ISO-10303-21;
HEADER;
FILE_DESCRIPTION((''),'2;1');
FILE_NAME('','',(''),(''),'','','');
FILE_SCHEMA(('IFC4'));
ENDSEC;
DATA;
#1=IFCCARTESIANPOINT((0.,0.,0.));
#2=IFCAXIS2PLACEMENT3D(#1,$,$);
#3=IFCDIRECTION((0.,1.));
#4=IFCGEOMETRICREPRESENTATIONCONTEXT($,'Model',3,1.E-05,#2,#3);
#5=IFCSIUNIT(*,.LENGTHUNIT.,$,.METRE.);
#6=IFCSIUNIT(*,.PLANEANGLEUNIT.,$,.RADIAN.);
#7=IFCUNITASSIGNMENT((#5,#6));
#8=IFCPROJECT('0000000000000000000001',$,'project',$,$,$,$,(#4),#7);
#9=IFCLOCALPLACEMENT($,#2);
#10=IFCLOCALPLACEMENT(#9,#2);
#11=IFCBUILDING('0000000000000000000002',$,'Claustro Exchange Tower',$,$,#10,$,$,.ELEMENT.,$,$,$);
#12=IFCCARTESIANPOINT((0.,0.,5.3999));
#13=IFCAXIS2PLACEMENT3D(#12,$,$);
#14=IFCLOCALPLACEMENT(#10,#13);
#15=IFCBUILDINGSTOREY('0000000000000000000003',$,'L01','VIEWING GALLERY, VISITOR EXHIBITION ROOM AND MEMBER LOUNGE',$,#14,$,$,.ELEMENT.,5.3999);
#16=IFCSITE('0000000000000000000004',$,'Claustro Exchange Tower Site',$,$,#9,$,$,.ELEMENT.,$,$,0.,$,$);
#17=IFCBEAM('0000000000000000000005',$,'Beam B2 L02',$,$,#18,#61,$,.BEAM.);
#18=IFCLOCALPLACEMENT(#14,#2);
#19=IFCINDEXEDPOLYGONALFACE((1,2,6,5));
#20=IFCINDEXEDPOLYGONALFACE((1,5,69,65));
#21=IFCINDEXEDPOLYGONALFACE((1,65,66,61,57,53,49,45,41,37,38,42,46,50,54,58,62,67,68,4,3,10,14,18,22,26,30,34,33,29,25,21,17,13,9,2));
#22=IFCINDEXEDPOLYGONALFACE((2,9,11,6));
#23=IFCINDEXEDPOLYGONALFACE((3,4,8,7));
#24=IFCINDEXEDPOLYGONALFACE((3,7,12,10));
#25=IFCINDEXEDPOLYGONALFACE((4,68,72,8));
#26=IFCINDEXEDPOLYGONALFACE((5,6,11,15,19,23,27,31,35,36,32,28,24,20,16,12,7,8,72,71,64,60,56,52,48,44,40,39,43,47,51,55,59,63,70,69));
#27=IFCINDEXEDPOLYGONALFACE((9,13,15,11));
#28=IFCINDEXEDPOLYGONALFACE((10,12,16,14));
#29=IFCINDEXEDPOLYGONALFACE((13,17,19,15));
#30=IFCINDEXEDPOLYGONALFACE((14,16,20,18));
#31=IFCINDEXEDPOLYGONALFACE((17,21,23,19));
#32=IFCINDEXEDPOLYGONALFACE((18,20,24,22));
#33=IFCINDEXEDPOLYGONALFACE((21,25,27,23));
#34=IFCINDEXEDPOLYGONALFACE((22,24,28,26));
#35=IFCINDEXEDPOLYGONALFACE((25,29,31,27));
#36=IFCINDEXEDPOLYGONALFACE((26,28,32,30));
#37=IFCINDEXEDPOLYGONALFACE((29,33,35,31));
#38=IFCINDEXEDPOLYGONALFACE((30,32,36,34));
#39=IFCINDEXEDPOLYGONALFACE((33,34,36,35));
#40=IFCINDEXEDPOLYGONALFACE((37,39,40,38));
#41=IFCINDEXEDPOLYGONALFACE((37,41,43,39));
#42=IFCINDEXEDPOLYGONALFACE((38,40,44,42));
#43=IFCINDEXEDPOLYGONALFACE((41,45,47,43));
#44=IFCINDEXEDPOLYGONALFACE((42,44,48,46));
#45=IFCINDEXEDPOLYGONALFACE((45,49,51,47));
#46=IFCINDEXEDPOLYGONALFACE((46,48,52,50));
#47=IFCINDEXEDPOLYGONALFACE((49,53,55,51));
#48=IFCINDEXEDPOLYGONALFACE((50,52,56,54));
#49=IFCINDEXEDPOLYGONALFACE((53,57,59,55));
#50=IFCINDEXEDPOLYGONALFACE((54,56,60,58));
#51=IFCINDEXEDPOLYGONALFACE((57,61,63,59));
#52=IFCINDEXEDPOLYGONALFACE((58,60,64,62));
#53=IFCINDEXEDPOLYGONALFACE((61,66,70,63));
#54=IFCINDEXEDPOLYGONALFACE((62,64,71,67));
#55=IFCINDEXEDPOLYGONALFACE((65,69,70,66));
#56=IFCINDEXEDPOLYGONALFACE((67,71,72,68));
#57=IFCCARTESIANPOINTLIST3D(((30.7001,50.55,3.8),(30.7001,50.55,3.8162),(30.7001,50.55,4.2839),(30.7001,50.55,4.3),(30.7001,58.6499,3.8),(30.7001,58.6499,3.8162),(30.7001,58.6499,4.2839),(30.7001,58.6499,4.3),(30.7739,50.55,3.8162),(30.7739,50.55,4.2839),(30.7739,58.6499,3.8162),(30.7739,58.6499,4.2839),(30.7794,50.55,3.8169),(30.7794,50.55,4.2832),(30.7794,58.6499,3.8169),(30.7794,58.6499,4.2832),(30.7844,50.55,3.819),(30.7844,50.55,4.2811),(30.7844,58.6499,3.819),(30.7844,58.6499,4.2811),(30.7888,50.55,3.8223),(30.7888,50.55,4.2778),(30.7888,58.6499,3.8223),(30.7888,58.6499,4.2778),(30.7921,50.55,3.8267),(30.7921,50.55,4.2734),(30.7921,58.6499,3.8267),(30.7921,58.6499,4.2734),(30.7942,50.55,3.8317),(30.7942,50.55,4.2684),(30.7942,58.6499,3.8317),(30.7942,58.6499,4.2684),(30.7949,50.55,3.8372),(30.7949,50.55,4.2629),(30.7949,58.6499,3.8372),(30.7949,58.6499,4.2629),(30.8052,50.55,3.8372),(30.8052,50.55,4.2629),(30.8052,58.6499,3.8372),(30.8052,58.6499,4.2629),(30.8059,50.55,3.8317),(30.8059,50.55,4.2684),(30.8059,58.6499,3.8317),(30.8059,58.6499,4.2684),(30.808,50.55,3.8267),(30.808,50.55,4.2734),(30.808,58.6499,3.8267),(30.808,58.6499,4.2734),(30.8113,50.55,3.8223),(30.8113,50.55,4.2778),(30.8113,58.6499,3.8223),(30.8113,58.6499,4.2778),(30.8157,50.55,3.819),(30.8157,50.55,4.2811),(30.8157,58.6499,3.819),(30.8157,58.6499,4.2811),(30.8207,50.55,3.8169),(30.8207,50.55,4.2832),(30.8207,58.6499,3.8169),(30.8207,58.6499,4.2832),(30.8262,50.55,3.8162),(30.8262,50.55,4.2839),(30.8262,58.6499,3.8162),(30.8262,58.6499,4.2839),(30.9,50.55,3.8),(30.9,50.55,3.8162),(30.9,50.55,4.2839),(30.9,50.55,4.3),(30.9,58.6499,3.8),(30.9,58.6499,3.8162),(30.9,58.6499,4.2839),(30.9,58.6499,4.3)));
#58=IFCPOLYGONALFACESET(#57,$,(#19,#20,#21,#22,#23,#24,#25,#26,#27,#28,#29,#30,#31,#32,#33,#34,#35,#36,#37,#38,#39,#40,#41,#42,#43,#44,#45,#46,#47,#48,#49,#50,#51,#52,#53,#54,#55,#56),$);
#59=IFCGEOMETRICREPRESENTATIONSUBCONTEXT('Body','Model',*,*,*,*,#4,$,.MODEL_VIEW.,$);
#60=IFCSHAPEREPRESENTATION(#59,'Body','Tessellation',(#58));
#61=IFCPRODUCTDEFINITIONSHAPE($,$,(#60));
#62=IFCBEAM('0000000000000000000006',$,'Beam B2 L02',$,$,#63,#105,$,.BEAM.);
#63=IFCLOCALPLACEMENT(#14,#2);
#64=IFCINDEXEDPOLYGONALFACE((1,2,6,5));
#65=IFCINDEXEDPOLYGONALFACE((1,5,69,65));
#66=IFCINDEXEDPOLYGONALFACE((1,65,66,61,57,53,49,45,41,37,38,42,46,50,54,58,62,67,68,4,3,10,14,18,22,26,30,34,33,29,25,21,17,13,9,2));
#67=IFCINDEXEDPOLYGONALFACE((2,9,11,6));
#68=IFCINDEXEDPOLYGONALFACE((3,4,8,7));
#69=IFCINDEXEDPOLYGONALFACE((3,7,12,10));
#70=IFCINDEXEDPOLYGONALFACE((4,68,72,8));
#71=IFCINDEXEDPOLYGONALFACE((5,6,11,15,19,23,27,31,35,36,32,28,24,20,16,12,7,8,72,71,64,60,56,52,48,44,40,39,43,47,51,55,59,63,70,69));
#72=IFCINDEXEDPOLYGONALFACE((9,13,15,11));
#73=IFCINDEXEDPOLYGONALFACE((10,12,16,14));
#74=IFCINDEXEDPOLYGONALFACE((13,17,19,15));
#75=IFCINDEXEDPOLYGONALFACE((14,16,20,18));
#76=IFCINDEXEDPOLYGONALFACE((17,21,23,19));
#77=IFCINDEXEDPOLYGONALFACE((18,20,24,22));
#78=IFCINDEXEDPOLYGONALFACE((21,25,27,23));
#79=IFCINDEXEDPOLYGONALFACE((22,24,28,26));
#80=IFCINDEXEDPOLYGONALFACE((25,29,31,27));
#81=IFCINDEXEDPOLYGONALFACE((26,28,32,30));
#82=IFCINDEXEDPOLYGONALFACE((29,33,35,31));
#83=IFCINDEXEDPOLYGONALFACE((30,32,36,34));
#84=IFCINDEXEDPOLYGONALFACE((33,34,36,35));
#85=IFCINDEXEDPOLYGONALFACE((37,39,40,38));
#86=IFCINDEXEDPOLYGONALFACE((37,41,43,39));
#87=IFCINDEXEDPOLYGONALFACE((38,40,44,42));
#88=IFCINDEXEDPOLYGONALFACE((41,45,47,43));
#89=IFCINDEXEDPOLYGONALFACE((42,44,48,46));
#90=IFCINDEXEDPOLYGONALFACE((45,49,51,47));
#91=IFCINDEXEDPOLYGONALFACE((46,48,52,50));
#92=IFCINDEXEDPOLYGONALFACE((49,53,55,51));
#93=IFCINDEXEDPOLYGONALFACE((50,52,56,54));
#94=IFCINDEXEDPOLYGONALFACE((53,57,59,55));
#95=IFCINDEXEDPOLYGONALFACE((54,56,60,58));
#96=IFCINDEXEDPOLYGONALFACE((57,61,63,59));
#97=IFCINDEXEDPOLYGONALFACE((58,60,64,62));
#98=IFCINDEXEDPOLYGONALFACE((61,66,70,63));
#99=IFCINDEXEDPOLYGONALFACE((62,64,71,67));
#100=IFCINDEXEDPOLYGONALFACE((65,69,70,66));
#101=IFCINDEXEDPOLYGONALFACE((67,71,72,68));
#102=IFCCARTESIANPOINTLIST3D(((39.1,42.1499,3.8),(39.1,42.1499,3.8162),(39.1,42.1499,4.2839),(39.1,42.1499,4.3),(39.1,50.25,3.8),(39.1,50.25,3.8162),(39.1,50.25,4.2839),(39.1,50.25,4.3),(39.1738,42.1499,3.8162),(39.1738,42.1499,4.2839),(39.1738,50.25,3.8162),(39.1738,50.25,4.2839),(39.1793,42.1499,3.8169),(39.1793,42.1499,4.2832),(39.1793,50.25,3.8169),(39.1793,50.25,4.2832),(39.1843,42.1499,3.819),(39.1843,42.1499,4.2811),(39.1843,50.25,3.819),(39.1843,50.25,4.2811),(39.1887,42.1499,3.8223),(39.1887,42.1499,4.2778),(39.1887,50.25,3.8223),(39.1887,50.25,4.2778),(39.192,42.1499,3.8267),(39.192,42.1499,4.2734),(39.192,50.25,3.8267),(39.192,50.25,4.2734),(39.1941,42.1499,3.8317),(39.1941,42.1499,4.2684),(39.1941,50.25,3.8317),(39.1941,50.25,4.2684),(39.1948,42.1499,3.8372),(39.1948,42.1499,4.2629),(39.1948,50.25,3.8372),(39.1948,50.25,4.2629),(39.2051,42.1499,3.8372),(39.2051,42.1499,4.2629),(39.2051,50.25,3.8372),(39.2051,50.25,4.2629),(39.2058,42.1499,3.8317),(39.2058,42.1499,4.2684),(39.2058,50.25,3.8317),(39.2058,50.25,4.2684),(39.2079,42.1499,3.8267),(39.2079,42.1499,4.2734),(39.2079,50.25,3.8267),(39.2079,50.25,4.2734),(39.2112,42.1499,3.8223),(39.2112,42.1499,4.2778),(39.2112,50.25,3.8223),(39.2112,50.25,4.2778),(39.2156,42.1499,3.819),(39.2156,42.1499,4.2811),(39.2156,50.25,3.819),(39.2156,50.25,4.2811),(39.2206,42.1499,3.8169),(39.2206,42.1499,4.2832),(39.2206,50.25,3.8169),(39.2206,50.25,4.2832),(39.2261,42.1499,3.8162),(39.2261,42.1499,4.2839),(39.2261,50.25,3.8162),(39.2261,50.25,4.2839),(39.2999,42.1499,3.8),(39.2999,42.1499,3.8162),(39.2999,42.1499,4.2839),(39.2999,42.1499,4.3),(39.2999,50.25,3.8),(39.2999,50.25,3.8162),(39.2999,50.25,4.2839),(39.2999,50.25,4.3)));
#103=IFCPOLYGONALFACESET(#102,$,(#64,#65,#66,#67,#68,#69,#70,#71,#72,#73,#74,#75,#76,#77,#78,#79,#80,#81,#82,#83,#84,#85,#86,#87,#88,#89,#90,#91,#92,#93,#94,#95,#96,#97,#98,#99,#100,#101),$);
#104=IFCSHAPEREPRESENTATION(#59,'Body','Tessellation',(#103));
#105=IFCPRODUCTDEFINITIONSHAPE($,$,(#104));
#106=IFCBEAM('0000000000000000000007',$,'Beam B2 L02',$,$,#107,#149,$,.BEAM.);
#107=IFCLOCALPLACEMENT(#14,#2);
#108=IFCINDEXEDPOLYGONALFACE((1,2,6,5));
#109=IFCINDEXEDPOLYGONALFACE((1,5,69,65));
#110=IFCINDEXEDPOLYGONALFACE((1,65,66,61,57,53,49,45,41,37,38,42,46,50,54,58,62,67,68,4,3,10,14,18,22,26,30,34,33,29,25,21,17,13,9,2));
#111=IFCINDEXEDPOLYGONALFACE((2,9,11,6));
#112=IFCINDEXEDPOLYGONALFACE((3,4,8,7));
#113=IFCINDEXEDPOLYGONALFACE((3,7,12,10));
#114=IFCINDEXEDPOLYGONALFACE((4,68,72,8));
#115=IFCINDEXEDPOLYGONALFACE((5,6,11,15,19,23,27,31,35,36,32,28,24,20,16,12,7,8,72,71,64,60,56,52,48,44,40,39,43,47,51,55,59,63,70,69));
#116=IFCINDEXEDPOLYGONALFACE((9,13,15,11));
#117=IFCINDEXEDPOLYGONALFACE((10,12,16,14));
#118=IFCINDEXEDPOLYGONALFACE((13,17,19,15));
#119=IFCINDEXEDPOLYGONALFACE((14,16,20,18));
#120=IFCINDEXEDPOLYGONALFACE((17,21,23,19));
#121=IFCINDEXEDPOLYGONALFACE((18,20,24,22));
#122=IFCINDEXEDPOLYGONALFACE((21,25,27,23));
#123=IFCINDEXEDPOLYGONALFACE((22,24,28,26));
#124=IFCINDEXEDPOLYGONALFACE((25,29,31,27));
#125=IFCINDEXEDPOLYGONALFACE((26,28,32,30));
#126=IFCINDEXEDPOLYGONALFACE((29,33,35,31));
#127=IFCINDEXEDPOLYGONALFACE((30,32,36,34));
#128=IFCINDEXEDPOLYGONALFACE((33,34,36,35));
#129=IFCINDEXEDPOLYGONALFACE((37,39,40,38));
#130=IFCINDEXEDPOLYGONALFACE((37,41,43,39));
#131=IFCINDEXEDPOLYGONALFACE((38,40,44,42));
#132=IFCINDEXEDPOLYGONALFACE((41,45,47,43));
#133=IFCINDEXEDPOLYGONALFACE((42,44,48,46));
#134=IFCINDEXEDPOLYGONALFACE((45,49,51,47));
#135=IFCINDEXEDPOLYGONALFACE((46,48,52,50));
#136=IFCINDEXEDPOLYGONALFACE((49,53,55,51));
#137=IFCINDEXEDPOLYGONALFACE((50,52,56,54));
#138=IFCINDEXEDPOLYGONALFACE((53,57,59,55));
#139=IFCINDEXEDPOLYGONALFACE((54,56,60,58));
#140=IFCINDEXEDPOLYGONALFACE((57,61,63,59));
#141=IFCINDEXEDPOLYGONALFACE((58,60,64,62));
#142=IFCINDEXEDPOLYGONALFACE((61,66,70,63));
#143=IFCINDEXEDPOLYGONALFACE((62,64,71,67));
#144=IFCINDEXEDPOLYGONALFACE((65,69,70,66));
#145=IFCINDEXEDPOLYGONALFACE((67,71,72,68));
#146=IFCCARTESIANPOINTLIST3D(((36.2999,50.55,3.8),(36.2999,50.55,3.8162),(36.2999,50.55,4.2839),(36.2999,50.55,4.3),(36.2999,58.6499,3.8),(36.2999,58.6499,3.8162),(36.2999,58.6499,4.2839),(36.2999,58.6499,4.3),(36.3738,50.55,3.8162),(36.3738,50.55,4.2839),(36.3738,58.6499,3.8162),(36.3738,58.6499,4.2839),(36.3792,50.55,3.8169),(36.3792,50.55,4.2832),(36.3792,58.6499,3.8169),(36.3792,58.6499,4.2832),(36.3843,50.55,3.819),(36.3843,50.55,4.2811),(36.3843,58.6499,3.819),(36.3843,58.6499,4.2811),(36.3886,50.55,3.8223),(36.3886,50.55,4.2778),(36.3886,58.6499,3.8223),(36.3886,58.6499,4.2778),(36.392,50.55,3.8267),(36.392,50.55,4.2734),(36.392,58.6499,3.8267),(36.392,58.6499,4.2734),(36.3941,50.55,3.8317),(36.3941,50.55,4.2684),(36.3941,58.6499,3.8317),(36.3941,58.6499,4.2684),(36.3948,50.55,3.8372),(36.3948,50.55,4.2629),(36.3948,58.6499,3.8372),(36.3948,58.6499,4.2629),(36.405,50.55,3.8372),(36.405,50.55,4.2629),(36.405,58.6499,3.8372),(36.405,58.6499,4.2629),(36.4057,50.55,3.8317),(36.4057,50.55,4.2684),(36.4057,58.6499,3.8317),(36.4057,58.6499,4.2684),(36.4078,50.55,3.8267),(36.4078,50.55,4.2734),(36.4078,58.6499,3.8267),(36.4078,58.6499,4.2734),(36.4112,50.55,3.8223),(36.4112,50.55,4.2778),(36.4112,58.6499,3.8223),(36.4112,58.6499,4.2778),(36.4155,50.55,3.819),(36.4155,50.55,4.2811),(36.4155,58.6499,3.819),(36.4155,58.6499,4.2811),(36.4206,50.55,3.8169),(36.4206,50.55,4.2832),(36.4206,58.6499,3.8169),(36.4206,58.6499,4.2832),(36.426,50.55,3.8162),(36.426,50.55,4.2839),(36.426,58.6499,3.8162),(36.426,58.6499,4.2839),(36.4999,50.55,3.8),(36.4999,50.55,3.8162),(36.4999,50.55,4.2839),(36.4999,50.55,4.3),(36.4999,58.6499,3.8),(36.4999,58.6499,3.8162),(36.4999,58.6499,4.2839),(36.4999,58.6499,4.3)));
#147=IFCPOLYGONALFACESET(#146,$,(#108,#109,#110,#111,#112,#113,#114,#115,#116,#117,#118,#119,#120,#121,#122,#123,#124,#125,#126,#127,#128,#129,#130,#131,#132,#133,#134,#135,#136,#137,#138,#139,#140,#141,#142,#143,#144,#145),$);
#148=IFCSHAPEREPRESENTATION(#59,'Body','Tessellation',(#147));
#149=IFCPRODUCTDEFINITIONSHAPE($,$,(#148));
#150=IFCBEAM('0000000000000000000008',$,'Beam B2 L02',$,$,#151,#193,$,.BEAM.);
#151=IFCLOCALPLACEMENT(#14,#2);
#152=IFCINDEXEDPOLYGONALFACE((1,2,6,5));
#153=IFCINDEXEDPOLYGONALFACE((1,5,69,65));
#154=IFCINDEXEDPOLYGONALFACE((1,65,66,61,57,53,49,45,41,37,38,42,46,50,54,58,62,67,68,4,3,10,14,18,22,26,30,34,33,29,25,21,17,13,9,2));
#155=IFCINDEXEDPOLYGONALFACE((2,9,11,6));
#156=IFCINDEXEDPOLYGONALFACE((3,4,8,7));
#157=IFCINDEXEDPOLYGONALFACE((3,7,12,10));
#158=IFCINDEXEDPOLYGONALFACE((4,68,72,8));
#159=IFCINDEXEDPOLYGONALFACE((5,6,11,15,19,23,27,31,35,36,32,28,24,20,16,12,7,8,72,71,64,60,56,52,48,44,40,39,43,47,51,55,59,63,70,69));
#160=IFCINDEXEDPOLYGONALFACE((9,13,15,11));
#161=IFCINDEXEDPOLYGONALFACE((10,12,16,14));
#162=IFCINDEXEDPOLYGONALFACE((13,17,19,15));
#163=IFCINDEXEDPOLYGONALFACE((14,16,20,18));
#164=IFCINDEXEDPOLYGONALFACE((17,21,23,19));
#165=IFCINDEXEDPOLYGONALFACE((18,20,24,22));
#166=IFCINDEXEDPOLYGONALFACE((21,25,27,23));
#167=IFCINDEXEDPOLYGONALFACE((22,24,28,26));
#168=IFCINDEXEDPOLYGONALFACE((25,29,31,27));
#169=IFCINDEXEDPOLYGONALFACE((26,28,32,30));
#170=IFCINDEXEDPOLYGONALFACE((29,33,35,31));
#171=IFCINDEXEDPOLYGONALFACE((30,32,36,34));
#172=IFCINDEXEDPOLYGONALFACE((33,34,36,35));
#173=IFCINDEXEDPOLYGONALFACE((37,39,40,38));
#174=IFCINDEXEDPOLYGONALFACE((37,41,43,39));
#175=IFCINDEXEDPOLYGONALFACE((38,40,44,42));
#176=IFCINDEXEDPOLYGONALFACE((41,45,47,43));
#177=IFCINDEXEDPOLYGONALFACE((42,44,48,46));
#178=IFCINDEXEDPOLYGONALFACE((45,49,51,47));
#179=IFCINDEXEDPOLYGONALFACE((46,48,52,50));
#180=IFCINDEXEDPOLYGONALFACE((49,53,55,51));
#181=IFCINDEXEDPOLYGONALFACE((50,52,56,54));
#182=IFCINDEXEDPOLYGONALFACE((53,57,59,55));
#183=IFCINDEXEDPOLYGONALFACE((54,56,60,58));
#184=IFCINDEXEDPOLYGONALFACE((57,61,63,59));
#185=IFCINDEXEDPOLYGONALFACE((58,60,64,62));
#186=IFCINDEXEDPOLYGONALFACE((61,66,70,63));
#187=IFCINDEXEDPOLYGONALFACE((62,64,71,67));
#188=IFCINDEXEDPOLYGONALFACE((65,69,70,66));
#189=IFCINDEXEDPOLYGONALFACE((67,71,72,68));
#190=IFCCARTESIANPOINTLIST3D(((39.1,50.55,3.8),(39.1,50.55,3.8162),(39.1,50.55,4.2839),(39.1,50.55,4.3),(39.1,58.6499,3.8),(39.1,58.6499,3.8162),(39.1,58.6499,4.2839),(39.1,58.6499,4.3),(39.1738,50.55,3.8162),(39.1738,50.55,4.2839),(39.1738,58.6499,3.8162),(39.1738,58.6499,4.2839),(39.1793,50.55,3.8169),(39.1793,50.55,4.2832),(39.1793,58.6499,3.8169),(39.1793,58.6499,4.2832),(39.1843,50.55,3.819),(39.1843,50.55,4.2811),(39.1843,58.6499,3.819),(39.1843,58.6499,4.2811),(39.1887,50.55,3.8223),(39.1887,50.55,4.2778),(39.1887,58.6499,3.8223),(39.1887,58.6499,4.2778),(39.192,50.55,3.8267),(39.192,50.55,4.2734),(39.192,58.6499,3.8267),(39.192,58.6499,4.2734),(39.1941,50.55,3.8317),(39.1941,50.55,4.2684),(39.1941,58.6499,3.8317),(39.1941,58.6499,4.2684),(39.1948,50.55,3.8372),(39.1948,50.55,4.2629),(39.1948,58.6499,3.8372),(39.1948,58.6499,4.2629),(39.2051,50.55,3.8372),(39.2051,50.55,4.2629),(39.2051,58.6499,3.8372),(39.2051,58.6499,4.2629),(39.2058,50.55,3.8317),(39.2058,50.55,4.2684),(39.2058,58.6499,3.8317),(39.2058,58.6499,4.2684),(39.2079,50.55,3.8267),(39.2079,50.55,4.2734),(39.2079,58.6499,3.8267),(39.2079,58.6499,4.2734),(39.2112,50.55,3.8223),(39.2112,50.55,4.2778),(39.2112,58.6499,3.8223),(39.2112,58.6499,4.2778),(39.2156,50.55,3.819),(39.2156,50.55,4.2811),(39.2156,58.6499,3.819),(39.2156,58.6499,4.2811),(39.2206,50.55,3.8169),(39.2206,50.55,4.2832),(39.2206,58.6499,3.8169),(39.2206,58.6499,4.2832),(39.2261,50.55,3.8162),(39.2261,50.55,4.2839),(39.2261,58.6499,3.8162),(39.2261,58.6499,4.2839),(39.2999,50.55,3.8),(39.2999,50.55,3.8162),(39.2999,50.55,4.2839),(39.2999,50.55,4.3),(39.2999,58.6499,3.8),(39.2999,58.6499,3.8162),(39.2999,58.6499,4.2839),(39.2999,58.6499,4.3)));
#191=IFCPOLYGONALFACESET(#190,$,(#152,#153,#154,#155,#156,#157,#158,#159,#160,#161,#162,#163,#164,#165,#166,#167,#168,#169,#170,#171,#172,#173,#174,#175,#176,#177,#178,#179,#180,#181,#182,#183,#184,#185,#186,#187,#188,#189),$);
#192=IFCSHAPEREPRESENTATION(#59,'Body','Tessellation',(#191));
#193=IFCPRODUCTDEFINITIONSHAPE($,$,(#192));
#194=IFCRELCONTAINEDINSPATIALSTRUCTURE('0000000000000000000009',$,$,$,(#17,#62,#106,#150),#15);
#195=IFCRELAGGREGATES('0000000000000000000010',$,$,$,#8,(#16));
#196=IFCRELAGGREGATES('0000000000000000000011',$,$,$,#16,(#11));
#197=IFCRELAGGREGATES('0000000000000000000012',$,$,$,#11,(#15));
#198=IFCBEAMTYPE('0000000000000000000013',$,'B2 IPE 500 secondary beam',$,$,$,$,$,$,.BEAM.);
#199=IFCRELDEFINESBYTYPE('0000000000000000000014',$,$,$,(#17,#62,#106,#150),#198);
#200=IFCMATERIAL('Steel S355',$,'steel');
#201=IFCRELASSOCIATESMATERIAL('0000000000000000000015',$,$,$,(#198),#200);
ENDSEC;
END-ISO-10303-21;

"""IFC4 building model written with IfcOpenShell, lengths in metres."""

from ifc_helpers import new_model, si_unit, direction, frame, origin, origin_2d, place, context, subcontext, project, spatial, i_section, extrude, material, material_profile, profile_set, type_object, element, save


model = new_model("IFC4")

# Units and contexts
model_context = context("Model", 3, precision=1e-05, world=origin(), true_north=direction((0.0, 1.0)))
body_context = subcontext(model_context, "Body", "Model", "MODEL_VIEW")
ifc_project = project(units=[si_unit("LENGTHUNIT", "METRE"), si_unit("PLANEANGLEUNIT", "RADIAN")], contexts=[model_context])

# Site, building, storey
site_placement = place(None, origin())
site = spatial("IfcSite", under=ifc_project, at=site_placement, Name="Claustro Exchange Tower Site", CompositionType="ELEMENT", RefElevation=0.0)
building_placement = place(site_placement, origin())
building = spatial("IfcBuilding", under=site, at=building_placement, Name="Claustro Exchange Tower", CompositionType="ELEMENT")
storey_placement = place(building_placement, frame((0.0, 0.0, 5.3999)))
storey = spatial("IfcBuildingStorey", under=building, at=storey_placement, Name="L01", Description="VIEWING GALLERY, VISITOR EXHIBITION ROOM AND MEMBER LOUNGE", CompositionType="ELEMENT", Elevation=5.3999)

# Beams
ifc_material_1 = material(Name="Steel S355", Category="steel")
ifc_material_profile_1 = material_profile(ifc_material_1, i_section(OverallWidth=0.2, OverallDepth=0.5, WebThickness=0.0103, FlangeThickness=0.0161, FilletRadius=0.021, at=origin_2d()), Name="IPE 500")
ifc_profile_set_1 = profile_set([ifc_material_profile_1], Name="Steel S355")
beam_type_1 = type_object("IfcBeamType", Name="B2 IPE 500 secondary beam", PredefinedType="BEAM", material=ifc_profile_set_1)
for number, where, z_axis, x_axis, name in (
    (1, (30.8, 50.55, 4.05), (0.0, 1.0, 0.0), (-1.0, 0.0, 0.0), "Beam B2 L02"),
):
    element("IfcBeam", number, at=place(storey_placement, frame(where, z_axis=z_axis, x_axis=x_axis)), inside=storey, type_object=beam_type_1, Name=name, PredefinedType="BEAM", context=body_context, shape_type="SweptSolid", body=[
        extrude(i_section(OverallWidth=0.2, OverallDepth=0.5, WebThickness=0.0103, FlangeThickness=0.0161, FilletRadius=0.021, at=origin_2d()), origin(), (0.0, 0.0, 1.0), 8.0999),
    ])
beam_1_placement = place(storey_placement, frame((39.2, 42.1499, 4.05), z_axis=(0.0, 1.0, 0.0), x_axis=(-1.0, 0.0, 0.0)))
element("IfcBeam", 2, at=beam_1_placement, inside=storey, type_object=beam_type_1, Name="Beam B2 L02", PredefinedType="BEAM", context=body_context, shape_type="SweptSolid", body=[
    extrude(i_section(OverallWidth=0.2, OverallDepth=0.5, WebThickness=0.0103, FlangeThickness=0.0161, FilletRadius=0.021, at=origin_2d()), origin(), (0.0, 0.0, 1.0), 8.1001),
])
for number, where, z_axis, x_axis, name in (
    (3, (36.3999, 50.55, 4.05), (0.0, 1.0, 0.0), (-1.0, 0.0, 0.0), "Beam B2 L02"),
    (4, (39.2, 50.55, 4.05), (0.0, 1.0, 0.0), (-1.0, 0.0, 0.0), "Beam B2 L02"),
):
    element("IfcBeam", number, at=place(storey_placement, frame(where, z_axis=z_axis, x_axis=x_axis)), inside=storey, type_object=beam_type_1, Name=name, PredefinedType="BEAM", context=body_context, shape_type="SweptSolid", body=[
        extrude(i_section(OverallWidth=0.2, OverallDepth=0.5, WebThickness=0.0103, FlangeThickness=0.0161, FilletRadius=0.021, at=origin_2d()), origin(), (0.0, 0.0, 1.0), 8.0999),
    ])

save(model, "model.ifc")
